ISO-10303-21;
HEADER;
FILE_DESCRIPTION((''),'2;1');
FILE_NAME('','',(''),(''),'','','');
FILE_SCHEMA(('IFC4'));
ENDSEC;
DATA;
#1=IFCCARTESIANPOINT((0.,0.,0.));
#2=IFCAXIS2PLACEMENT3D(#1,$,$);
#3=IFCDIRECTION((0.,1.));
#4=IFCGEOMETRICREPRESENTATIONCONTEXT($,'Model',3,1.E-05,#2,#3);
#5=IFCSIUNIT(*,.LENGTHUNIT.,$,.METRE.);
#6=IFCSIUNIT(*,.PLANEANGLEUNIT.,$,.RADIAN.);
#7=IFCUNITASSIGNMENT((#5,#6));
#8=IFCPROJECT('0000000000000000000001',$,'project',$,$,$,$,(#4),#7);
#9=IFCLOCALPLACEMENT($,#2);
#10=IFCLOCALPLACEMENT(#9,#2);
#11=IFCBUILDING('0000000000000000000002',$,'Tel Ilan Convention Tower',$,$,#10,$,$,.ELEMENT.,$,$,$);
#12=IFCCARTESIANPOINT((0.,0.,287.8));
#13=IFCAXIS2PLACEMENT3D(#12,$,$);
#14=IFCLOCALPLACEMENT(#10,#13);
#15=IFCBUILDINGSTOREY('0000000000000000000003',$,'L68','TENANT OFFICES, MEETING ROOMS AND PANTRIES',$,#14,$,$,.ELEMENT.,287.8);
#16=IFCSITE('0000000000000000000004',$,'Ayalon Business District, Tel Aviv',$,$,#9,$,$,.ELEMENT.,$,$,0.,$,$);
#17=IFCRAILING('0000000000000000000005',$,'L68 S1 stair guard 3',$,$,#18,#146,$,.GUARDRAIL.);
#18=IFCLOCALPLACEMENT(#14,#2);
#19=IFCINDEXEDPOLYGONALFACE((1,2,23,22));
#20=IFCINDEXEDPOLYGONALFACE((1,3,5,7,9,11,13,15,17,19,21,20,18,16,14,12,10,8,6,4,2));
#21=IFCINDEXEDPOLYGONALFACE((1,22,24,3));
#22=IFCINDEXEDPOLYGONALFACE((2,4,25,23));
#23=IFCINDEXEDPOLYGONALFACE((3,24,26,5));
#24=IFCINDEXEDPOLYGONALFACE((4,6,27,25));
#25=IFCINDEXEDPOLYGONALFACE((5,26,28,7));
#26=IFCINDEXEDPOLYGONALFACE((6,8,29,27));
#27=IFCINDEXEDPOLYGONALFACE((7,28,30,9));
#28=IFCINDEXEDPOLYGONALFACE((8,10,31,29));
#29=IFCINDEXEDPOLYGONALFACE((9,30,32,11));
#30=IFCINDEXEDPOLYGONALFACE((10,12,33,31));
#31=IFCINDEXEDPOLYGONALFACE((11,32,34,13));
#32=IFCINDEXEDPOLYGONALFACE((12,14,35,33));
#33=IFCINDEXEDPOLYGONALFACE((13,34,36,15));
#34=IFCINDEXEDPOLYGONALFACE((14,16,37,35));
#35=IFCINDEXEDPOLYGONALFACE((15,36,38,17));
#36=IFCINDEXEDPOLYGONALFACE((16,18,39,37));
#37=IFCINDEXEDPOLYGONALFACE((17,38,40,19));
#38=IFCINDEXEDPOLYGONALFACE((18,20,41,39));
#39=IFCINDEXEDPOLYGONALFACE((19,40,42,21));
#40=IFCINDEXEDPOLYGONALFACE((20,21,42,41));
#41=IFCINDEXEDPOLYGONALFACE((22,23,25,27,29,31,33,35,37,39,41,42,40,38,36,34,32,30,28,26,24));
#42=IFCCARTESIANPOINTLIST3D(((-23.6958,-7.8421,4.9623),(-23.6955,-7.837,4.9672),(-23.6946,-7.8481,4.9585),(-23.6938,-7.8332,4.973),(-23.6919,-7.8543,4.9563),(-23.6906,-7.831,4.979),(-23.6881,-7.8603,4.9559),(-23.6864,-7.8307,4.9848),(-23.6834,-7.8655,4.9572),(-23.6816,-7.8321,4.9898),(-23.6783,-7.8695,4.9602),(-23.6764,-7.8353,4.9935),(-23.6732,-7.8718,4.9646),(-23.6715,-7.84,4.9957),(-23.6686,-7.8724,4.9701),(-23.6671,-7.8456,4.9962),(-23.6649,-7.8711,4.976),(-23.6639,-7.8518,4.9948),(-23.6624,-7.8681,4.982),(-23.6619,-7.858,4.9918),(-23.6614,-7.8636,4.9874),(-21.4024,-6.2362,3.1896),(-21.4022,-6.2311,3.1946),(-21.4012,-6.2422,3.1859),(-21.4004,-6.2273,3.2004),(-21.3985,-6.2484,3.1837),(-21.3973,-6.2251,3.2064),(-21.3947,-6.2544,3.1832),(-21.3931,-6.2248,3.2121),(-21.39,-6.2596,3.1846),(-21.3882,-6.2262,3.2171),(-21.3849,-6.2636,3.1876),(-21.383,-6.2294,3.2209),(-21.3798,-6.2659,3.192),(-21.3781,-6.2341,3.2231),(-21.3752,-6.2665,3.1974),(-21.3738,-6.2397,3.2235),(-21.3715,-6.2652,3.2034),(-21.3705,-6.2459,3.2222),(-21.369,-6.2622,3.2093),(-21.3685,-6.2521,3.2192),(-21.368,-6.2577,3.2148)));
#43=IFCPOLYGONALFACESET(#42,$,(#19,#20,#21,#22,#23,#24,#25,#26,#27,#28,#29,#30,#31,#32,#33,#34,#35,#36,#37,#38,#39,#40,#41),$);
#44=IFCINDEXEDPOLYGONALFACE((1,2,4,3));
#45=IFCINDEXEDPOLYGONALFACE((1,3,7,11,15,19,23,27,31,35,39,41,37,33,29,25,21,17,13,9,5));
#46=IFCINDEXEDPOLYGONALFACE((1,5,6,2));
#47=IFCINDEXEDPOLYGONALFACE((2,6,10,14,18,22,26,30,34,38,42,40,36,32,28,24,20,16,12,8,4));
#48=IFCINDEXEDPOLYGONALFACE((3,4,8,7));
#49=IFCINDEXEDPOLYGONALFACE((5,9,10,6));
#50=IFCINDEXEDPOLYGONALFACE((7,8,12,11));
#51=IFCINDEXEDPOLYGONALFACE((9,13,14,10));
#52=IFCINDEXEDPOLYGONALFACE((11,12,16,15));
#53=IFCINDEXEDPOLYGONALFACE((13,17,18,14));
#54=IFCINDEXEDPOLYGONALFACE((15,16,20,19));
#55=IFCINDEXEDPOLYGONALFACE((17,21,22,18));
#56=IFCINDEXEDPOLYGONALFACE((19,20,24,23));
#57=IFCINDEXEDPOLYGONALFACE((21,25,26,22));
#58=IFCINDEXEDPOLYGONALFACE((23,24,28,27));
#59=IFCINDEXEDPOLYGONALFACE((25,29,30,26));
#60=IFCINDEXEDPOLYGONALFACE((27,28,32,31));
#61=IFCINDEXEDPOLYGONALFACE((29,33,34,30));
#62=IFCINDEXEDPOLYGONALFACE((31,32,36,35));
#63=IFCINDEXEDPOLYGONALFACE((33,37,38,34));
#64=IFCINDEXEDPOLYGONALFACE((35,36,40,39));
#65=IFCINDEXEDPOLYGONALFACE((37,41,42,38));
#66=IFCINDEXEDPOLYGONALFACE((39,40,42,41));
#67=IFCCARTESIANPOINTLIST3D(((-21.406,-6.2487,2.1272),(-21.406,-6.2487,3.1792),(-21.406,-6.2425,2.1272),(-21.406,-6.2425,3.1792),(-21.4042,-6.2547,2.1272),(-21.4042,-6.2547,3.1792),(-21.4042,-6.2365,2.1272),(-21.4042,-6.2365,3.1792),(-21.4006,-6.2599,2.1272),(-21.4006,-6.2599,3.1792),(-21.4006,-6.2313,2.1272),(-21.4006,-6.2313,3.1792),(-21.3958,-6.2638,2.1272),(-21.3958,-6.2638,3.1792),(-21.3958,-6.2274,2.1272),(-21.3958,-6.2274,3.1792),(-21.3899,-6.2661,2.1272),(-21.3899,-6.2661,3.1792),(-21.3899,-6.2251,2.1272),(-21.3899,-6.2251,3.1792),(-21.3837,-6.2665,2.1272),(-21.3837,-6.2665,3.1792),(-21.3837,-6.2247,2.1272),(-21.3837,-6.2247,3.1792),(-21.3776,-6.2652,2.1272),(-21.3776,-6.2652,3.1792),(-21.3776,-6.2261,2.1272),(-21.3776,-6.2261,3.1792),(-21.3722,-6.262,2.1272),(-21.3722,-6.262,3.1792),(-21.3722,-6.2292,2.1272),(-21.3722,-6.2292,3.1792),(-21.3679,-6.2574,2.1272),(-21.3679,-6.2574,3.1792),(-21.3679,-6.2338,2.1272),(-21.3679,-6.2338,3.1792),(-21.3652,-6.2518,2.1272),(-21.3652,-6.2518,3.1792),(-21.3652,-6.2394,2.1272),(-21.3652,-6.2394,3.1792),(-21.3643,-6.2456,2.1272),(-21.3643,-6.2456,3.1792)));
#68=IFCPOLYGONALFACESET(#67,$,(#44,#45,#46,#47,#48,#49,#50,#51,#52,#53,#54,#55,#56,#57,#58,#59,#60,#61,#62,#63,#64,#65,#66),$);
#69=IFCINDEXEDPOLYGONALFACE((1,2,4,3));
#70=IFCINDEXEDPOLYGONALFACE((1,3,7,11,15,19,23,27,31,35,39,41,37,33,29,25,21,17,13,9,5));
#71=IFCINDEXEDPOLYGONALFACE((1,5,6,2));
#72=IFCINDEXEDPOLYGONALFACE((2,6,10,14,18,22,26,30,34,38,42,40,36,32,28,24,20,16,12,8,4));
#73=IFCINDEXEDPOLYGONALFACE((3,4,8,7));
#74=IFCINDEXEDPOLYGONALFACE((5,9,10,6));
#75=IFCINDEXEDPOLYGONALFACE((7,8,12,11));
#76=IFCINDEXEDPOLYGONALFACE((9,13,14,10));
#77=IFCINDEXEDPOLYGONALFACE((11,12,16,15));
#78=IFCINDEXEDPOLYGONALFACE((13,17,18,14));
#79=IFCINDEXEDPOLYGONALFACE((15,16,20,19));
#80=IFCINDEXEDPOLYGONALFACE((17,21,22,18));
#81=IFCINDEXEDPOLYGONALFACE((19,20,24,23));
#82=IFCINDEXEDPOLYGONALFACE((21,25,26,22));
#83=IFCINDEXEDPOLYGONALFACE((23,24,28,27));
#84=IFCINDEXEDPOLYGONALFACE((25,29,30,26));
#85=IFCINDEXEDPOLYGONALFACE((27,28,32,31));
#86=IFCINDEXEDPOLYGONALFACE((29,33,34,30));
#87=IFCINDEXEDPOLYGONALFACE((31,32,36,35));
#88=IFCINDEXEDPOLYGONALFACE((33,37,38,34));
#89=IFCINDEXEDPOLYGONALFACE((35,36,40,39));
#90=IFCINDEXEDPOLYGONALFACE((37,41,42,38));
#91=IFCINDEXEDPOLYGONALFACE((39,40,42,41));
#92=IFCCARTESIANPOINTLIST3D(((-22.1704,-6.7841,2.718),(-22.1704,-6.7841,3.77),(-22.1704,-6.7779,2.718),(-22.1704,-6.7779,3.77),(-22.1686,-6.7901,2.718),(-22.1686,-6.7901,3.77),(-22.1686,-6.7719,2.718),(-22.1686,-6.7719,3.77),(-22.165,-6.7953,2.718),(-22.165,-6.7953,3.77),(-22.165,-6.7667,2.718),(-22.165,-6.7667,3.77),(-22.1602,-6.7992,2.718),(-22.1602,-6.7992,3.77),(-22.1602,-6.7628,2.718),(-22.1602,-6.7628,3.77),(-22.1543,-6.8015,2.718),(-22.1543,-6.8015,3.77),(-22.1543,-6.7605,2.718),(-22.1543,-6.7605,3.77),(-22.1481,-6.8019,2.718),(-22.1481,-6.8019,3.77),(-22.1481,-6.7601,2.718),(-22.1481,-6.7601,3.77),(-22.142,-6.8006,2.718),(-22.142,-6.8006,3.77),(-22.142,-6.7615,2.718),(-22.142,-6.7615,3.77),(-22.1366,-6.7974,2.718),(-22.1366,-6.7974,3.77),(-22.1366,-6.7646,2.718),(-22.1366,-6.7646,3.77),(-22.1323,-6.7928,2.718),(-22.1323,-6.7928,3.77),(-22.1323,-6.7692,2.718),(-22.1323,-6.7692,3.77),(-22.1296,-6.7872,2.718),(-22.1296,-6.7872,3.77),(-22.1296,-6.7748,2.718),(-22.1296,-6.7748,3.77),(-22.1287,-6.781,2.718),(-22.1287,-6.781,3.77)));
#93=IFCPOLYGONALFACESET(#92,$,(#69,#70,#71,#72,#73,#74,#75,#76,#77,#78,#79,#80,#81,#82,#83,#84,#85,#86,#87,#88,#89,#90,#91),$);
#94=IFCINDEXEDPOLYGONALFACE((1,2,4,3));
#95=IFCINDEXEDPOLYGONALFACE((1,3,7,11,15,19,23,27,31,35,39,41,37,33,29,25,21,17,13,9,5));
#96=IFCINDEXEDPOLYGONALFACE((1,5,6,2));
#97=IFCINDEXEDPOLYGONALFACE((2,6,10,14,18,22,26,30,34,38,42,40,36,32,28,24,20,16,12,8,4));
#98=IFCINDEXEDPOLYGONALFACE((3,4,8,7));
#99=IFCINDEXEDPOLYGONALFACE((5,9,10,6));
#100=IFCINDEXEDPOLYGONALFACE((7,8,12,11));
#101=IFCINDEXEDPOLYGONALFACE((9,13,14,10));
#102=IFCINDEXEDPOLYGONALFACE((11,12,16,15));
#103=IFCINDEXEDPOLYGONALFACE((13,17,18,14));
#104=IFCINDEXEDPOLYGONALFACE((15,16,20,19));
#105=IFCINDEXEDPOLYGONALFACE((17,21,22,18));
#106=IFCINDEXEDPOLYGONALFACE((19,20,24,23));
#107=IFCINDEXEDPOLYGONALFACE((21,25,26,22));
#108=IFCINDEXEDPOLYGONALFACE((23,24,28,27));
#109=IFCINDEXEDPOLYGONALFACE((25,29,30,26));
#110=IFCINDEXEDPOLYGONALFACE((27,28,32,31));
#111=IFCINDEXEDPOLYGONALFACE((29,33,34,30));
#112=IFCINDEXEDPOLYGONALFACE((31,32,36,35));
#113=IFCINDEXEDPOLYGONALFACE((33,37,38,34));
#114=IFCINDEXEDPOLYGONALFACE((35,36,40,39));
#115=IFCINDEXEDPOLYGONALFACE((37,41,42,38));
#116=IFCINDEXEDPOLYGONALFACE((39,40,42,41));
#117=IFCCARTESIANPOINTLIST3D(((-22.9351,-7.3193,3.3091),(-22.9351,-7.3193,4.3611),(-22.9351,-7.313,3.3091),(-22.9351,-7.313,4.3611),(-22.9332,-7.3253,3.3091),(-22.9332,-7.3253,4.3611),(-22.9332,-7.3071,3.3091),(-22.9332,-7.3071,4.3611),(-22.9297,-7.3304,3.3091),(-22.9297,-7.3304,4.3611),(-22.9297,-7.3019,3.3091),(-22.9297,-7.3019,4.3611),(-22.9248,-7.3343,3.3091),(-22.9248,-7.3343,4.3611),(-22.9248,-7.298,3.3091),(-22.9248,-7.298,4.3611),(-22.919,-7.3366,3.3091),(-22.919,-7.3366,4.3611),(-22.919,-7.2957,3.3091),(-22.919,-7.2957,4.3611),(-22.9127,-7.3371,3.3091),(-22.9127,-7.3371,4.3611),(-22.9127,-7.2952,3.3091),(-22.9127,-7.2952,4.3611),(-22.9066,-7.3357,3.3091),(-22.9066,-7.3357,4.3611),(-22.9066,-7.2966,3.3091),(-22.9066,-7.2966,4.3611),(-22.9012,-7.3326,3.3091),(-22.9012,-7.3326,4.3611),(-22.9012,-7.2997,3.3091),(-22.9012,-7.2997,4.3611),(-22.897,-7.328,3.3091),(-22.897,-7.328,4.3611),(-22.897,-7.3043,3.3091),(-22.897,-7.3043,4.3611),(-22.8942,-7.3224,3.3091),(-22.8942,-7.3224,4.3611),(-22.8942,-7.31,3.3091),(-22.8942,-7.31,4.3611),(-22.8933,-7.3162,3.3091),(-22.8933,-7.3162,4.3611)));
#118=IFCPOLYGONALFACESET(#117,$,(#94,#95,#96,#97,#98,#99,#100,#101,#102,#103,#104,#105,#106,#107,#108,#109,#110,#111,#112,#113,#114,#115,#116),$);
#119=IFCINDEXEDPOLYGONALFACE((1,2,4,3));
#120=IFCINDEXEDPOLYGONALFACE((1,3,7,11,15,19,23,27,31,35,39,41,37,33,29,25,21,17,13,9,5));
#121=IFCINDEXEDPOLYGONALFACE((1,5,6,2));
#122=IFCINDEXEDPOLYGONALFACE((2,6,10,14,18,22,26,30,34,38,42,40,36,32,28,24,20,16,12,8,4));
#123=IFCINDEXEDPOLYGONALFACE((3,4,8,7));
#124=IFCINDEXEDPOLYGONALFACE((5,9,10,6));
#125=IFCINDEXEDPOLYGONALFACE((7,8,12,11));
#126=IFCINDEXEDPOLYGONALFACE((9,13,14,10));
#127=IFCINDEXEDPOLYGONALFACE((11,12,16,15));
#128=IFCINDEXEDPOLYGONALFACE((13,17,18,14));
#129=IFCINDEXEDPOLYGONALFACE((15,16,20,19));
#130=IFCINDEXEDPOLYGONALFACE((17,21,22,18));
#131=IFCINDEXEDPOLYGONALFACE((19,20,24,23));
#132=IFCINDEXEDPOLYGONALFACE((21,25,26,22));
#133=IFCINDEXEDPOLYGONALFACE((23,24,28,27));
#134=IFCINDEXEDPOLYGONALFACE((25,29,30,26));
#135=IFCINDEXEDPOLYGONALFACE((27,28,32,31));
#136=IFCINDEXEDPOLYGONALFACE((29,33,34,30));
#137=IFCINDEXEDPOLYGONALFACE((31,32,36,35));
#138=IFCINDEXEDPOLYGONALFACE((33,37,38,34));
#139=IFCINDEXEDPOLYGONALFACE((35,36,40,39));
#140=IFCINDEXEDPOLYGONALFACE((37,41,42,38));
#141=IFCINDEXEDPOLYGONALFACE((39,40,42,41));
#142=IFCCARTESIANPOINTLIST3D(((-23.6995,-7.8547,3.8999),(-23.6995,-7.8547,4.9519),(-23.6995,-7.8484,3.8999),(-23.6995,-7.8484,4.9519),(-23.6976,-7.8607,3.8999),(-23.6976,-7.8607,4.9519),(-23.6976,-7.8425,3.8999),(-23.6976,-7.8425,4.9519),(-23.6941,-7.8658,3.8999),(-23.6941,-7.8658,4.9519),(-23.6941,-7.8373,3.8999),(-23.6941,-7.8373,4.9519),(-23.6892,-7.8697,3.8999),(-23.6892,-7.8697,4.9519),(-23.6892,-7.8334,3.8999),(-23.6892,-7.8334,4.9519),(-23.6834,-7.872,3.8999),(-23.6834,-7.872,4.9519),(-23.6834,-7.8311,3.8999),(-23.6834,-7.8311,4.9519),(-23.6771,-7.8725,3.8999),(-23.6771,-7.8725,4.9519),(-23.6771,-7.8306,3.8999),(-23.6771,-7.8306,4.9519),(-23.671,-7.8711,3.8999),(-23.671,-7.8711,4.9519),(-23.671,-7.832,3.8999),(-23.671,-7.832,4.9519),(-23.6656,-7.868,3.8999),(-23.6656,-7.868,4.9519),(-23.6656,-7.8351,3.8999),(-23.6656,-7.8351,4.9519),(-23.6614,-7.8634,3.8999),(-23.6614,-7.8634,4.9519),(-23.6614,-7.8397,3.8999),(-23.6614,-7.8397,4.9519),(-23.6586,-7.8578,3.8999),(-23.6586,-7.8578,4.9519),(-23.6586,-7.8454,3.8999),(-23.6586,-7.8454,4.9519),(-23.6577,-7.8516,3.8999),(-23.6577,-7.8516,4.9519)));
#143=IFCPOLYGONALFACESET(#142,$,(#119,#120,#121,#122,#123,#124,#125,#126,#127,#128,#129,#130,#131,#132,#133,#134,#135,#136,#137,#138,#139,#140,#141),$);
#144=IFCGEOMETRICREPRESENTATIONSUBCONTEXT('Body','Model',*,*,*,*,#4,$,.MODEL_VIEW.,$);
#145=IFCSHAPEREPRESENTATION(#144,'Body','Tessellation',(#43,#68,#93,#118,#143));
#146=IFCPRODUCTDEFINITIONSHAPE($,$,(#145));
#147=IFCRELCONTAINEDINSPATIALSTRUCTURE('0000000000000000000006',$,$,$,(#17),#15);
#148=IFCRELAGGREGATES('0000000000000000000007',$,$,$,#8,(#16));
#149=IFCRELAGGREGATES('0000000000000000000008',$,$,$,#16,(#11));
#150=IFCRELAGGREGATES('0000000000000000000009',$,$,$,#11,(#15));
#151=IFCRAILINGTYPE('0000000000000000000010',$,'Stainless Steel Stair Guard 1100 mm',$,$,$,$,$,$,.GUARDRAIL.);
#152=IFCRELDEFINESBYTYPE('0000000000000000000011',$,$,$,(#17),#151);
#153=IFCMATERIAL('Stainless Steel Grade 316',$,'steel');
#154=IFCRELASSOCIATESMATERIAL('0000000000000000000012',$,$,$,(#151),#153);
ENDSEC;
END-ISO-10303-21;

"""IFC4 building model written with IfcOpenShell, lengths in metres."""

from ifc_helpers import new_model, si_unit, direction, frame, origin, origin_2d, place, context, subcontext, project, spatial, circle, extrude, material, type_object, element, save


model = new_model("IFC4")

# Units and contexts
model_context = context("Model", 3, precision=1e-05, world=origin(), true_north=direction((0.0, 1.0)))
body_context = subcontext(model_context, "Body", "Model", "MODEL_VIEW")
ifc_project = project(units=[si_unit("LENGTHUNIT", "METRE"), si_unit("PLANEANGLEUNIT", "RADIAN")], contexts=[model_context])

# Site, building, storey
site_placement = place(None, origin())
site = spatial("IfcSite", under=ifc_project, at=site_placement, Name="Ayalon Business District, Tel Aviv", CompositionType="ELEMENT", RefElevation=0.0)
building_placement = place(site_placement, origin())
building = spatial("IfcBuilding", under=site, at=building_placement, Name="Tel Ilan Convention Tower", CompositionType="ELEMENT")
storey_placement = place(building_placement, frame((0.0, 0.0, 287.8)))
storey = spatial("IfcBuildingStorey", under=building, at=storey_placement, Name="L68", Description="TENANT OFFICES, MEETING ROOMS AND PANTRIES", CompositionType="ELEMENT", Elevation=287.8)

# Railing
ifc_material_1 = material(Name="Stainless Steel Grade 316", Category="steel")
railing_type_1 = type_object("IfcRailingType", Name="Stainless Steel Stair Guard 1100 mm", PredefinedType="GUARDRAIL", material=ifc_material_1)
railing_1_placement = place(storey_placement, frame((-21.3853, -6.2456, 2.1272)))
element("IfcRailing", 1, at=railing_1_placement, inside=storey, type_object=railing_type_1, Name="L68 S1 stair guard 3", PredefinedType="GUARDRAIL", context=body_context, shape_type="SweptSolid", body=[
    extrude(circle(Radius=0.0239, at=origin_2d()), frame((0.0, 0.0, 1.0762), z_axis=(-0.692085, -0.484621, 0.53494), x_axis=(0.573591, -0.819142, 0.0)), (0.0, 0.0, 1.0), 3.3137),
    extrude(circle(Radius=0.021, at=origin_2d()), origin(), (0.0, 0.0, 1.0), 1.052),
    extrude(circle(Radius=0.021, at=origin_2d()), frame((-0.7644, -0.5354, 0.5908)), (0.0, 0.0, 1.0), 1.052),
    extrude(circle(Radius=0.021, at=origin_2d()), frame((-1.5291, -1.0706, 1.1819)), (0.0, 0.0, 1.0), 1.052),
    extrude(circle(Radius=0.021, at=origin_2d()), frame((-2.2935, -1.606, 1.7727)), (0.0, 0.0, 1.0), 1.052),
])

save(model, "model.ifc")
